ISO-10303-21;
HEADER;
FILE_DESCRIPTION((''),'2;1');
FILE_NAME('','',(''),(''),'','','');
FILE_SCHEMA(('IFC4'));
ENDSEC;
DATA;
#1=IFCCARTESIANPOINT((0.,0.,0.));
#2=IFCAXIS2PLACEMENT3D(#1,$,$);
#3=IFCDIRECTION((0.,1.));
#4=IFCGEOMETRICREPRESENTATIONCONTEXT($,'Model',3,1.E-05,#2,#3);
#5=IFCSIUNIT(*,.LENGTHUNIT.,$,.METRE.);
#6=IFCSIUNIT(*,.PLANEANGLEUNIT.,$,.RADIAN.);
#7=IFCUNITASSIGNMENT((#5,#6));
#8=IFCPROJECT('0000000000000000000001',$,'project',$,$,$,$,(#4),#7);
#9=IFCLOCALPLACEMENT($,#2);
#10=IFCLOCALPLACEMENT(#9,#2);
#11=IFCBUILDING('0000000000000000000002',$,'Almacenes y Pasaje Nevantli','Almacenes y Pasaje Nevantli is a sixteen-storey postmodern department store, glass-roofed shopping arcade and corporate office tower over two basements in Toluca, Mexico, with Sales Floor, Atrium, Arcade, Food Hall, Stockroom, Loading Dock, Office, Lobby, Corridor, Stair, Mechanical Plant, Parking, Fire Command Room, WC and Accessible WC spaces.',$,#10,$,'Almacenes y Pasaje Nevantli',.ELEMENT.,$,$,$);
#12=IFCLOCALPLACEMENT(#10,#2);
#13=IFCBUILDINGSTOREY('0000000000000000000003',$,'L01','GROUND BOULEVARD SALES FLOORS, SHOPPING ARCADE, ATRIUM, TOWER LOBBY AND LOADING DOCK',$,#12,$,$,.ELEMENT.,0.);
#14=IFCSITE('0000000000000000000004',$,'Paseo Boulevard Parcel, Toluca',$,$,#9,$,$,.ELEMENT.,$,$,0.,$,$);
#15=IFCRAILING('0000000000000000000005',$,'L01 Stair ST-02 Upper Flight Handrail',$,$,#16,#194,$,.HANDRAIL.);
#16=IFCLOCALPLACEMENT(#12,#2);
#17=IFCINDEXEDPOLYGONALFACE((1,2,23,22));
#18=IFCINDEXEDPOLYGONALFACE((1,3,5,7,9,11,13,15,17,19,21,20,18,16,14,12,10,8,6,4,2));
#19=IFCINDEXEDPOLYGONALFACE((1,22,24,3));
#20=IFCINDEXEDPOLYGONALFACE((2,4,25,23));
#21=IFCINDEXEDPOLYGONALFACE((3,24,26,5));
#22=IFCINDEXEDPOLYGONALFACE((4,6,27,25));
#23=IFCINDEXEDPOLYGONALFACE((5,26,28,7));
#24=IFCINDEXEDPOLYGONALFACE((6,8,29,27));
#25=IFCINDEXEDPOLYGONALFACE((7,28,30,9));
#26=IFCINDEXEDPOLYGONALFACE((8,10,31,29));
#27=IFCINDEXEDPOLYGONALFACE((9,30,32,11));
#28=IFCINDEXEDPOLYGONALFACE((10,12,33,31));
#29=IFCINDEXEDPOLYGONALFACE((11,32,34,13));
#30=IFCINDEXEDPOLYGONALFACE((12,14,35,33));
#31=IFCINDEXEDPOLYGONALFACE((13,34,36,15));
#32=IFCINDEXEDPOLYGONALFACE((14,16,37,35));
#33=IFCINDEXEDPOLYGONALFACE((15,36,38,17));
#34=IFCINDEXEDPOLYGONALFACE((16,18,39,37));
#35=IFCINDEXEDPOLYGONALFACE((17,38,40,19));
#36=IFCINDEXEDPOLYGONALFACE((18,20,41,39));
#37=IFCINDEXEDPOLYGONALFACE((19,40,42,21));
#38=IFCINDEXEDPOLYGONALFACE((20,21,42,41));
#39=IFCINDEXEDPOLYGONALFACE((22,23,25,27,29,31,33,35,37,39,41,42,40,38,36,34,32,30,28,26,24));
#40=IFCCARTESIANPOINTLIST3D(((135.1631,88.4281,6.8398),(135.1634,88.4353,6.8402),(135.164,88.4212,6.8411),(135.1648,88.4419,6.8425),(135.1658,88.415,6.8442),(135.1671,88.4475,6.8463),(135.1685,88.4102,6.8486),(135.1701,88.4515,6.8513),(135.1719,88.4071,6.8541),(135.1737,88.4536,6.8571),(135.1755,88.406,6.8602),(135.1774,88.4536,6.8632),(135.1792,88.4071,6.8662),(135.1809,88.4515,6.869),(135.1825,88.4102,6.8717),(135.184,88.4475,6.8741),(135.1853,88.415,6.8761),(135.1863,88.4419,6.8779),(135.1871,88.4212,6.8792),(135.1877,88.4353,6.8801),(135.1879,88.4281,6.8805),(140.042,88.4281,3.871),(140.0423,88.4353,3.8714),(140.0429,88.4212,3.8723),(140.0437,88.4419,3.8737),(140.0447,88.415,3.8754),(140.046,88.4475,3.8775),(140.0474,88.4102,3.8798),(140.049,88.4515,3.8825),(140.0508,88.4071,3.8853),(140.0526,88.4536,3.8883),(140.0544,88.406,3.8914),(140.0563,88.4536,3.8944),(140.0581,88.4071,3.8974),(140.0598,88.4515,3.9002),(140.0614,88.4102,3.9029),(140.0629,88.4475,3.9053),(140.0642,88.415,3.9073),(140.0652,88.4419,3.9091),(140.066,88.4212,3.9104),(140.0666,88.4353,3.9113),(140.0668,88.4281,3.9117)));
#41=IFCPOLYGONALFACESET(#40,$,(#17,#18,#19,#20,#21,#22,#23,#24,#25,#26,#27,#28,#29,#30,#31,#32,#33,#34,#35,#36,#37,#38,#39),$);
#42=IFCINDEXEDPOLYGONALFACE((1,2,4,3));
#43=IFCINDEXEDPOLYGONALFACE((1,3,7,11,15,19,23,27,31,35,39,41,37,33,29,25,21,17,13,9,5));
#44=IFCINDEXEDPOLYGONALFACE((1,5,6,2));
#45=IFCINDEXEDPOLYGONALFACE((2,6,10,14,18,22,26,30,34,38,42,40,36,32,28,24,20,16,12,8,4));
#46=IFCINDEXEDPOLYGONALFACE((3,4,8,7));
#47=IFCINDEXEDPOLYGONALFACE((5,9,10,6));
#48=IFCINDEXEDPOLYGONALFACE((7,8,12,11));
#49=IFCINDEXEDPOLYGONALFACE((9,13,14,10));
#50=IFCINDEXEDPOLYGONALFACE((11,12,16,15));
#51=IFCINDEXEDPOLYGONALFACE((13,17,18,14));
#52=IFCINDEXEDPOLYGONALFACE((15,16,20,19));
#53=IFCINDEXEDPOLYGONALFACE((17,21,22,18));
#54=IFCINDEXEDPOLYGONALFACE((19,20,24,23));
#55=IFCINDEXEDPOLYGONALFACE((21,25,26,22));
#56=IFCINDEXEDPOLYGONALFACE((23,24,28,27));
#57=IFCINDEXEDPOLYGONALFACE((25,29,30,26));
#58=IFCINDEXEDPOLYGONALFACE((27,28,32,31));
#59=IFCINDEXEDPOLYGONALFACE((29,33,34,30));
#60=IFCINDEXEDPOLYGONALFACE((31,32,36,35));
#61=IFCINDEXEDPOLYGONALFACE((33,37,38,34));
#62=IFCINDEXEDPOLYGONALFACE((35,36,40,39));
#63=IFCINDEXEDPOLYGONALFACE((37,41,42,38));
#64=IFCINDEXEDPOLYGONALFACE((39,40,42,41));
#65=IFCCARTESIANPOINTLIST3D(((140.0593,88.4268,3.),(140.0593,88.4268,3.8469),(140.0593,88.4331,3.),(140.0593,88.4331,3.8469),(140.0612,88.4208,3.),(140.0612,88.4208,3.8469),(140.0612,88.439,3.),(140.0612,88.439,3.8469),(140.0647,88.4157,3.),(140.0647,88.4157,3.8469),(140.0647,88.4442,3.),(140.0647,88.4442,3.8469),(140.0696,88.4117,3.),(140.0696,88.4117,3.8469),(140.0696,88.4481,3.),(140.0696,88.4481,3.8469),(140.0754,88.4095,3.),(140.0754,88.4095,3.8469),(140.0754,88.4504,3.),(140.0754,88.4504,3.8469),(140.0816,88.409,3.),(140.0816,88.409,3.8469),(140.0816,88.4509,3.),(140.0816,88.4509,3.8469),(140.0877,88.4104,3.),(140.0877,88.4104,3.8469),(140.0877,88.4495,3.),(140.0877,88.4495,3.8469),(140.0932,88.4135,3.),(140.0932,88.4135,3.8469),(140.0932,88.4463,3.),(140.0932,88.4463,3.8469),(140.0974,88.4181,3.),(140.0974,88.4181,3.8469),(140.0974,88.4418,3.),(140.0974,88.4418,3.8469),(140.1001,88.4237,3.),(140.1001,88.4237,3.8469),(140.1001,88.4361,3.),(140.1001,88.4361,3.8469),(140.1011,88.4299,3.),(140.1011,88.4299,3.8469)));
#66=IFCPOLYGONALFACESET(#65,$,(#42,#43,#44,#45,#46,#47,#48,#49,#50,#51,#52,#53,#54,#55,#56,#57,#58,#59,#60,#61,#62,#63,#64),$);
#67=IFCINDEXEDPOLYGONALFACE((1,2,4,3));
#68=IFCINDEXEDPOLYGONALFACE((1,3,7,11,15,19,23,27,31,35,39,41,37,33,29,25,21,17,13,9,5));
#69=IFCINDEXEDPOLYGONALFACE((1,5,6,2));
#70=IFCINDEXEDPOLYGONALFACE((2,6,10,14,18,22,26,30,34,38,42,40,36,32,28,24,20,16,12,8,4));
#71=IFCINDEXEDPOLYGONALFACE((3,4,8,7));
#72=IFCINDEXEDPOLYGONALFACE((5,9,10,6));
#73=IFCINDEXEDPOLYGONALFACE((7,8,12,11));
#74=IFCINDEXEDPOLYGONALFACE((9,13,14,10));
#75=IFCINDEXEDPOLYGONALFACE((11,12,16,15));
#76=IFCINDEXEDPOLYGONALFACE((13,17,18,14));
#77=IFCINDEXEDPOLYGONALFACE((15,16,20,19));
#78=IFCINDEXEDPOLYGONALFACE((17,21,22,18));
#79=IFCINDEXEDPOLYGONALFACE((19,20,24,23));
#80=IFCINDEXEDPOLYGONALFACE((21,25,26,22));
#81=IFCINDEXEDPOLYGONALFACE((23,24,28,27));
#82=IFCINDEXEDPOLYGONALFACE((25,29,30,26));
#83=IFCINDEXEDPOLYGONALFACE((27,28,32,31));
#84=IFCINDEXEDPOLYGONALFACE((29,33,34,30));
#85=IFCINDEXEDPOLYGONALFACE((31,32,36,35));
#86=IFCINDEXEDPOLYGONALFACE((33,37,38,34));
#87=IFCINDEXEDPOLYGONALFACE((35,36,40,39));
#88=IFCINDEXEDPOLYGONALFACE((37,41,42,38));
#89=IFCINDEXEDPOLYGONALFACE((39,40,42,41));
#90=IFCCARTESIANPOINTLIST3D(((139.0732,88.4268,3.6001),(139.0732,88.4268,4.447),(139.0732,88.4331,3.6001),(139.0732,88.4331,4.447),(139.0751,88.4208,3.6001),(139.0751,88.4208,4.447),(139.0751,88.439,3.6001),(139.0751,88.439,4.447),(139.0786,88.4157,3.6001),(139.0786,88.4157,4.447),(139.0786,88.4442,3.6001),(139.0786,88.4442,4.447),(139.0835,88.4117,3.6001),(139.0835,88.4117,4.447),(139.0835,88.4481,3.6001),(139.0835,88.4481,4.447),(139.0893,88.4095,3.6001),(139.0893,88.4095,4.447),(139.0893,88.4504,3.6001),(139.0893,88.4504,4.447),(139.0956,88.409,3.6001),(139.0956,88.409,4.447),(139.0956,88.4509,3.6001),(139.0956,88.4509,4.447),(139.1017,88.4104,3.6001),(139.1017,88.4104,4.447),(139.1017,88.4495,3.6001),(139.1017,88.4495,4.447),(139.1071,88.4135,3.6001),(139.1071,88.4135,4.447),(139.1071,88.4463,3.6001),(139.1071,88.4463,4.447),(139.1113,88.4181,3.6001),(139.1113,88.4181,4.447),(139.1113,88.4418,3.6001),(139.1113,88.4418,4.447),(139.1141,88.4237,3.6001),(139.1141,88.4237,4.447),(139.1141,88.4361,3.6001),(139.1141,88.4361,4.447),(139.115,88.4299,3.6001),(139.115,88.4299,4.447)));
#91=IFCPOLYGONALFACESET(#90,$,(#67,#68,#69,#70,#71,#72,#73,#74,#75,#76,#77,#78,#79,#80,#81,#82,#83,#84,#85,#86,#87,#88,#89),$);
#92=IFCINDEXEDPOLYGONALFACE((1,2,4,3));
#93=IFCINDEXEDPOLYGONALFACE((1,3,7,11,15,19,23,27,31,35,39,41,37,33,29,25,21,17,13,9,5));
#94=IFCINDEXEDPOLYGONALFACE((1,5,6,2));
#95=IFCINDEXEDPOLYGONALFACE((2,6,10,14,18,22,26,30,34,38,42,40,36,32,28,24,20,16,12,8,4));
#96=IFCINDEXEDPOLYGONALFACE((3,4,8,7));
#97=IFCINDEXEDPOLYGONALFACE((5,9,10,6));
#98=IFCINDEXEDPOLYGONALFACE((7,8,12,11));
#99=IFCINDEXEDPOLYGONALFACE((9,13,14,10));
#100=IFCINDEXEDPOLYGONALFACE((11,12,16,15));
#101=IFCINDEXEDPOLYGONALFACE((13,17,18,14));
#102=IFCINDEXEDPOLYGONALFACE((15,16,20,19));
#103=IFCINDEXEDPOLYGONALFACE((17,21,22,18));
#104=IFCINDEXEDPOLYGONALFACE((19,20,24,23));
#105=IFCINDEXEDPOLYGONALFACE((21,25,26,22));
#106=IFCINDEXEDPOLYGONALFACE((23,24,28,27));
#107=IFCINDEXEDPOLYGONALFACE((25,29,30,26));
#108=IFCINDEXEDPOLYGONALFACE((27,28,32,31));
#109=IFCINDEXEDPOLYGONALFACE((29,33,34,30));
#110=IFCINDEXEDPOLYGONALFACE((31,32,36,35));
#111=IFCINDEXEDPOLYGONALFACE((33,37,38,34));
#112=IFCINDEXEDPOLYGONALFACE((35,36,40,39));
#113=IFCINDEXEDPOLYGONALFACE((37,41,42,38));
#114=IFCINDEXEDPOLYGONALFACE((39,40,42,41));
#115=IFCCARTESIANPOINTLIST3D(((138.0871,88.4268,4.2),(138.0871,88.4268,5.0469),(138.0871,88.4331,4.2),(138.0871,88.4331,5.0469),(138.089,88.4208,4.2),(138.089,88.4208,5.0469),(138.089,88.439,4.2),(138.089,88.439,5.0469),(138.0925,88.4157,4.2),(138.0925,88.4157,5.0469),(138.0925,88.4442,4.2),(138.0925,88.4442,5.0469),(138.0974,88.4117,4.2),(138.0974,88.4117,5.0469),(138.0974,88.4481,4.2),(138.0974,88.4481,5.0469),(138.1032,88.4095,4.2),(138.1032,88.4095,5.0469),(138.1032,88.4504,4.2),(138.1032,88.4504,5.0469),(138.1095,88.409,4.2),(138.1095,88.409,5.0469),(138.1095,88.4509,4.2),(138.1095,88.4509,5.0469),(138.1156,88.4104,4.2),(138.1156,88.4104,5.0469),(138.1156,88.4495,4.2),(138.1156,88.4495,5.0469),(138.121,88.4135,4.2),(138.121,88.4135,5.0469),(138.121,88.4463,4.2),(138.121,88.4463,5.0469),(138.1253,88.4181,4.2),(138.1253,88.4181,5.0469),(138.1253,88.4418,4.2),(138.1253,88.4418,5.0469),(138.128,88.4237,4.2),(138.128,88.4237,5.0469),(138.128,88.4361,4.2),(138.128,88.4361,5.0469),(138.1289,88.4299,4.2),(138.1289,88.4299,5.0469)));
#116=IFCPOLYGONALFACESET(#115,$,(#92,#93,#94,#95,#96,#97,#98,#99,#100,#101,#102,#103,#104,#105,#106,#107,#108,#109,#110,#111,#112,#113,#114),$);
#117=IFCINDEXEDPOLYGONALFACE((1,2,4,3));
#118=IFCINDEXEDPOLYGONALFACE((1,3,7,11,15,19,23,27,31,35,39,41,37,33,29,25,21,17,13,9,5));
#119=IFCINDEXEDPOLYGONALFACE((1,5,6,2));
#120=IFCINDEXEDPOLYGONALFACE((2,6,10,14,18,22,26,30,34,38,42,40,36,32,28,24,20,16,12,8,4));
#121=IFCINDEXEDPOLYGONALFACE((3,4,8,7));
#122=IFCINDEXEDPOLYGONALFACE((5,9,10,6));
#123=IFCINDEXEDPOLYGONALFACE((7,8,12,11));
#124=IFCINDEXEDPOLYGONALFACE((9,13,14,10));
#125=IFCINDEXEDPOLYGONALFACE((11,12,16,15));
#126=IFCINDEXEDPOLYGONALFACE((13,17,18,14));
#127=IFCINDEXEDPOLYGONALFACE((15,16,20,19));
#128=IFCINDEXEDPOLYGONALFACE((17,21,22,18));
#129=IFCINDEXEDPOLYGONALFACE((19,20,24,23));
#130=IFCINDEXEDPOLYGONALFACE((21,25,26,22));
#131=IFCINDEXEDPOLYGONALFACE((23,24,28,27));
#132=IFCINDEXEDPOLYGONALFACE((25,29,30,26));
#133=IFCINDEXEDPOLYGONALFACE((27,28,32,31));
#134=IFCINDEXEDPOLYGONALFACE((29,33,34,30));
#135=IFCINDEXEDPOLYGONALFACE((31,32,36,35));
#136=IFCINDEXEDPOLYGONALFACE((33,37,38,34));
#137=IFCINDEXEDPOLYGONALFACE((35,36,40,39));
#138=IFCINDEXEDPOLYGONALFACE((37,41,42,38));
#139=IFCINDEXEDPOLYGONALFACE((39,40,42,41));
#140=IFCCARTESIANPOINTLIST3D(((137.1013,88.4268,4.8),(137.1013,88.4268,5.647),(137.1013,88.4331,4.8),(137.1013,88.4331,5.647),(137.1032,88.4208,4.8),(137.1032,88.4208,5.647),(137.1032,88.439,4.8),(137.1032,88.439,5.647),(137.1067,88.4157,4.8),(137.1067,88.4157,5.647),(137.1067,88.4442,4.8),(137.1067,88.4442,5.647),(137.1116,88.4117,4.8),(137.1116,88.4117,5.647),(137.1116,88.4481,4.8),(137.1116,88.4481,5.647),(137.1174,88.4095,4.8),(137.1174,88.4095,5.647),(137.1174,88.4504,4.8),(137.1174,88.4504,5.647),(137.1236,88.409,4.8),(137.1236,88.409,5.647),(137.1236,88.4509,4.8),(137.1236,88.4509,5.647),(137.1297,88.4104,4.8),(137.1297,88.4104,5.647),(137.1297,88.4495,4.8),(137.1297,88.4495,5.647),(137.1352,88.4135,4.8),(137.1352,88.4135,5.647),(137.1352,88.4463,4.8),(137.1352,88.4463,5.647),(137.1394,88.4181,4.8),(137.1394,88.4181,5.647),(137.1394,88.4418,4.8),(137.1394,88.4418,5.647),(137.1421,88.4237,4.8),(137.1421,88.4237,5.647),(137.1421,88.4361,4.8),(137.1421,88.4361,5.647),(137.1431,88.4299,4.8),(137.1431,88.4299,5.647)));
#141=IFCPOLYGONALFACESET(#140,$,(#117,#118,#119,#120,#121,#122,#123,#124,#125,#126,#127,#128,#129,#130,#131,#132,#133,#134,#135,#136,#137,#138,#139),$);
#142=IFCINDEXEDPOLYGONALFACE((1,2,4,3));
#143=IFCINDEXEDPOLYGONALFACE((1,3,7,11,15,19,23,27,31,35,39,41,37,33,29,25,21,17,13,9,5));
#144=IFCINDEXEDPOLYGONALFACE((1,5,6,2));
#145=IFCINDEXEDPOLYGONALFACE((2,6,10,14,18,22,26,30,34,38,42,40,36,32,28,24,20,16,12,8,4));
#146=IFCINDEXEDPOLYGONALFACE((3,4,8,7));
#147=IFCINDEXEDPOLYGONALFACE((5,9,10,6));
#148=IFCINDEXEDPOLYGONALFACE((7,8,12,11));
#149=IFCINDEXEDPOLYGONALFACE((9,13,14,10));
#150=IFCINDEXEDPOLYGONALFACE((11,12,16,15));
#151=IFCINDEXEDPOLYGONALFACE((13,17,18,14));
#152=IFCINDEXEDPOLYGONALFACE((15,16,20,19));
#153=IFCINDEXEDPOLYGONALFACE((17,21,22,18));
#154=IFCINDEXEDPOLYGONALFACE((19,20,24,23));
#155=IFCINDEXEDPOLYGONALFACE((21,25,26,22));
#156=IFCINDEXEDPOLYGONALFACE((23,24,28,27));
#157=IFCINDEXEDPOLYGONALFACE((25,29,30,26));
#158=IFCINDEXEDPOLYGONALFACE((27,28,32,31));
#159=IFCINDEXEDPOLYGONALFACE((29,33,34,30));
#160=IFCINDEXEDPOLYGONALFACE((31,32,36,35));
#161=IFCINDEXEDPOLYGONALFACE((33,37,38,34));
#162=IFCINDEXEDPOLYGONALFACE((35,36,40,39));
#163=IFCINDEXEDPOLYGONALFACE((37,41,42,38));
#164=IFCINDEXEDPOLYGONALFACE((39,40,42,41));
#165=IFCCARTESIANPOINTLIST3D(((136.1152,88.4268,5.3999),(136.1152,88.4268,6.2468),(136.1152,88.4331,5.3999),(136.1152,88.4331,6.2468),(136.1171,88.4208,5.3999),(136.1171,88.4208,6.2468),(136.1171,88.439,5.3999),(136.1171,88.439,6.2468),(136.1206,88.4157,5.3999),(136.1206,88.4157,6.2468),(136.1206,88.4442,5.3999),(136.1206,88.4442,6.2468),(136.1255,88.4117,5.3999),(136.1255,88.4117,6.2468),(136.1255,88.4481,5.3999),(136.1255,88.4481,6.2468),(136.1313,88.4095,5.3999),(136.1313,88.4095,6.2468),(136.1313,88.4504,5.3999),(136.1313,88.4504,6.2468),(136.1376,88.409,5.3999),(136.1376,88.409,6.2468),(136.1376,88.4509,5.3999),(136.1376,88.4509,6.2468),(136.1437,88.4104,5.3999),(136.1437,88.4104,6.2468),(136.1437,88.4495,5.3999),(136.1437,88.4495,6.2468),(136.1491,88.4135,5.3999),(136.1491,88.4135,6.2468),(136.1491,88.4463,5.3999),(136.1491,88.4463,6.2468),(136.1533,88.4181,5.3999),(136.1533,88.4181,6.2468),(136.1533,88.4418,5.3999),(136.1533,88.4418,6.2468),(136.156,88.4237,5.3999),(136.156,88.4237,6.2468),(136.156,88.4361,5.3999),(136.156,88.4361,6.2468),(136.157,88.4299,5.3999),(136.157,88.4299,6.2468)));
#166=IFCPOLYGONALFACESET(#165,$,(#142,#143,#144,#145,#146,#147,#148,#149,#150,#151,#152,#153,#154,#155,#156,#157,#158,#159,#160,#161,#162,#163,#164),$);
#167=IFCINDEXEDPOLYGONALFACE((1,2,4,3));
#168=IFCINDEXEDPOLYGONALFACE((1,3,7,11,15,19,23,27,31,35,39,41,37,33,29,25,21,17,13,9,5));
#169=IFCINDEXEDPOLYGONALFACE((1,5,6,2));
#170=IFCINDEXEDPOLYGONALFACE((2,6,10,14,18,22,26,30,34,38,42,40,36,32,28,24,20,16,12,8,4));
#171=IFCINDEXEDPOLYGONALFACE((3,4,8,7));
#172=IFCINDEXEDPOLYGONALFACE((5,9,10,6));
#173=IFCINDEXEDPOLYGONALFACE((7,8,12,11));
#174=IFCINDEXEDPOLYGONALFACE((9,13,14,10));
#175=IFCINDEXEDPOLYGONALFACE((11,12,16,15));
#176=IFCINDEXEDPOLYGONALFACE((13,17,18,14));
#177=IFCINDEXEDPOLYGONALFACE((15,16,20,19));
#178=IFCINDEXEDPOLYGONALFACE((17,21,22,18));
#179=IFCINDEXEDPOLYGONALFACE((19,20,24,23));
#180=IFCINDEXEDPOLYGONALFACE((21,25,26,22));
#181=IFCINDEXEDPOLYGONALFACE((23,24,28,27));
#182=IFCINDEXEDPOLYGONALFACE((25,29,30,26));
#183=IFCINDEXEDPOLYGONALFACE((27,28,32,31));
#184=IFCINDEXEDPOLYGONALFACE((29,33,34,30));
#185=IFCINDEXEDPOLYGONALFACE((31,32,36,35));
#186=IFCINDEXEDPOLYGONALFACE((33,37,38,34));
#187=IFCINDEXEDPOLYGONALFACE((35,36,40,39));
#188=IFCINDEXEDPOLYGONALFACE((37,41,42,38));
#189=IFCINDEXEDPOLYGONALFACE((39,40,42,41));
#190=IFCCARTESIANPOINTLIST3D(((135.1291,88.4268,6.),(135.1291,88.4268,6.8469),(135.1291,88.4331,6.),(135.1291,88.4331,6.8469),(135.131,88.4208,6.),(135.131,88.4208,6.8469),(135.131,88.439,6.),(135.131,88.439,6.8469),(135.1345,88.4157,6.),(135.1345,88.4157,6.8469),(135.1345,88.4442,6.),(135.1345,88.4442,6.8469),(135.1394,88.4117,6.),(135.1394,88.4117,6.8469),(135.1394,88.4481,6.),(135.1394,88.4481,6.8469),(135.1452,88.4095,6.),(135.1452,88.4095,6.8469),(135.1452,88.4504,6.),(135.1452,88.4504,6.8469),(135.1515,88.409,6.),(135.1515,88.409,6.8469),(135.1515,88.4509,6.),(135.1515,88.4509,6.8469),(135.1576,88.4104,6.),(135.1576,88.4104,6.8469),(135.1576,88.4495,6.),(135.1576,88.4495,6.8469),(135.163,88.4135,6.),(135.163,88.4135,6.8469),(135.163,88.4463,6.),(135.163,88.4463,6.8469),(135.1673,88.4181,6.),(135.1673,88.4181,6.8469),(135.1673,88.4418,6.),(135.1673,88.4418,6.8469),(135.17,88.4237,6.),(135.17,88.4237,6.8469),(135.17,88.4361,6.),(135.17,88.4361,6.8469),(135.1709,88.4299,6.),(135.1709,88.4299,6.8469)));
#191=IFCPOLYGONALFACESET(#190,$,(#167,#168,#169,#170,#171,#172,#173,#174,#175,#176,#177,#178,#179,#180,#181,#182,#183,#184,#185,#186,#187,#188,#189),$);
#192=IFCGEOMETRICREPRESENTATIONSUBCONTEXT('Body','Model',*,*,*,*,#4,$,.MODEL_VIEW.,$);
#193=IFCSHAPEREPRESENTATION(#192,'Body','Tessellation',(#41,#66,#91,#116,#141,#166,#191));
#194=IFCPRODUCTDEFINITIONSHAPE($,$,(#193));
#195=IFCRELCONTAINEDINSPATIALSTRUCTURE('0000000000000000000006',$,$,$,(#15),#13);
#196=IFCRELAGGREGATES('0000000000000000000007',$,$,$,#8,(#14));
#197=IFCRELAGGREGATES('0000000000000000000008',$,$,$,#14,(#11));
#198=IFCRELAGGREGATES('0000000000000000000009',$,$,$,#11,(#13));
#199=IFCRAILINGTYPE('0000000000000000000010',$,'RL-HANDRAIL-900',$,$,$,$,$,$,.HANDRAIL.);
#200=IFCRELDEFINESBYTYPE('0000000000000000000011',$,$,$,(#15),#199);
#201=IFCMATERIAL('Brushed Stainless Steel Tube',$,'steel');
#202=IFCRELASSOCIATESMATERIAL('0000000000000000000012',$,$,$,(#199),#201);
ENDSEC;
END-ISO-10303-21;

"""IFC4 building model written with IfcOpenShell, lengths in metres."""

from ifc_helpers import new_model, si_unit, direction, frame, origin, origin_2d, place, context, subcontext, project, spatial, circle, extrude, material, type_object, element, save


model = new_model("IFC4")

# Units and contexts
model_context = context("Model", 3, precision=1e-05, world=origin(), true_north=direction((0.0, 1.0)))
body_context = subcontext(model_context, "Body", "Model", "MODEL_VIEW")
ifc_project = project(units=[si_unit("LENGTHUNIT", "METRE"), si_unit("PLANEANGLEUNIT", "RADIAN")], contexts=[model_context])

# Site, building, storey
site_placement = place(None, origin())
site = spatial("IfcSite", under=ifc_project, at=site_placement, Name="Paseo Boulevard Parcel, Toluca", CompositionType="ELEMENT", RefElevation=0.0)
building_placement = place(site_placement, origin())
building = spatial("IfcBuilding", under=site, at=building_placement, Name="Almacenes y Pasaje Nevantli", Description="Almacenes y Pasaje Nevantli is a sixteen-storey postmodern department store, glass-roofed shopping arcade and corporate office tower over two basements in Toluca, Mexico, with Sales Floor, Atrium, Arcade, Food Hall, Stockroom, Loading Dock, Office, Lobby, Corridor, Stair, Mechanical Plant, Parking, Fire Command Room, WC and Accessible WC spaces.", LongName="Almacenes y Pasaje Nevantli", CompositionType="ELEMENT")
storey_placement = place(building_placement, origin())
storey = spatial("IfcBuildingStorey", under=building, at=storey_placement, Name="L01", Description="GROUND BOULEVARD SALES FLOORS, SHOPPING ARCADE, ATRIUM, TOWER LOBBY AND LOADING DOCK", CompositionType="ELEMENT", Elevation=0.0)

# Railing
ifc_material_1 = material(Name="Brushed Stainless Steel Tube", Category="steel")
railing_type_1 = type_object("IfcRailingType", Name="RL-HANDRAIL-900", PredefinedType="HANDRAIL", material=ifc_material_1)
railing_1_placement = place(storey_placement, frame((140.0801, 88.4299, 3.0)))
element("IfcRailing", 1, at=railing_1_placement, inside=storey, type_object=railing_type_1, Name="L01 Stair ST-02 Upper Flight Handrail", PredefinedType="HANDRAIL", context=body_context, shape_type="SweptSolid", body=[
    extrude(circle(Radius=0.0239, at=origin_2d()), frame((-0.0256, 0.0, 0.8914), z_axis=(-0.854274, 0.0, 0.519823), x_axis=(0.0, -1.0, 0.0)), (0.0, 0.0, 1.0), 5.7112),
    extrude(circle(Radius=0.021, at=origin_2d()), origin(), (0.0, 0.0, 1.0), 0.8469),
    extrude(circle(Radius=0.021, at=origin_2d()), frame((-0.9861, 0.0, 0.6001)), (0.0, 0.0, 1.0), 0.8469),
    extrude(circle(Radius=0.021, at=origin_2d()), frame((-1.9722, 0.0, 1.2)), (0.0, 0.0, 1.0), 0.8469),
    extrude(circle(Radius=0.021, at=origin_2d()), frame((-2.958, 0.0, 1.8)), (0.0, 0.0, 1.0), 0.8469),
    extrude(circle(Radius=0.021, at=origin_2d()), frame((-3.9441, 0.0, 2.3999)), (0.0, 0.0, 1.0), 0.8469),
    extrude(circle(Radius=0.021, at=origin_2d()), frame((-4.9302, 0.0, 3.0)), (0.0, 0.0, 1.0), 0.8469),
])

save(model, "model.ifc")
